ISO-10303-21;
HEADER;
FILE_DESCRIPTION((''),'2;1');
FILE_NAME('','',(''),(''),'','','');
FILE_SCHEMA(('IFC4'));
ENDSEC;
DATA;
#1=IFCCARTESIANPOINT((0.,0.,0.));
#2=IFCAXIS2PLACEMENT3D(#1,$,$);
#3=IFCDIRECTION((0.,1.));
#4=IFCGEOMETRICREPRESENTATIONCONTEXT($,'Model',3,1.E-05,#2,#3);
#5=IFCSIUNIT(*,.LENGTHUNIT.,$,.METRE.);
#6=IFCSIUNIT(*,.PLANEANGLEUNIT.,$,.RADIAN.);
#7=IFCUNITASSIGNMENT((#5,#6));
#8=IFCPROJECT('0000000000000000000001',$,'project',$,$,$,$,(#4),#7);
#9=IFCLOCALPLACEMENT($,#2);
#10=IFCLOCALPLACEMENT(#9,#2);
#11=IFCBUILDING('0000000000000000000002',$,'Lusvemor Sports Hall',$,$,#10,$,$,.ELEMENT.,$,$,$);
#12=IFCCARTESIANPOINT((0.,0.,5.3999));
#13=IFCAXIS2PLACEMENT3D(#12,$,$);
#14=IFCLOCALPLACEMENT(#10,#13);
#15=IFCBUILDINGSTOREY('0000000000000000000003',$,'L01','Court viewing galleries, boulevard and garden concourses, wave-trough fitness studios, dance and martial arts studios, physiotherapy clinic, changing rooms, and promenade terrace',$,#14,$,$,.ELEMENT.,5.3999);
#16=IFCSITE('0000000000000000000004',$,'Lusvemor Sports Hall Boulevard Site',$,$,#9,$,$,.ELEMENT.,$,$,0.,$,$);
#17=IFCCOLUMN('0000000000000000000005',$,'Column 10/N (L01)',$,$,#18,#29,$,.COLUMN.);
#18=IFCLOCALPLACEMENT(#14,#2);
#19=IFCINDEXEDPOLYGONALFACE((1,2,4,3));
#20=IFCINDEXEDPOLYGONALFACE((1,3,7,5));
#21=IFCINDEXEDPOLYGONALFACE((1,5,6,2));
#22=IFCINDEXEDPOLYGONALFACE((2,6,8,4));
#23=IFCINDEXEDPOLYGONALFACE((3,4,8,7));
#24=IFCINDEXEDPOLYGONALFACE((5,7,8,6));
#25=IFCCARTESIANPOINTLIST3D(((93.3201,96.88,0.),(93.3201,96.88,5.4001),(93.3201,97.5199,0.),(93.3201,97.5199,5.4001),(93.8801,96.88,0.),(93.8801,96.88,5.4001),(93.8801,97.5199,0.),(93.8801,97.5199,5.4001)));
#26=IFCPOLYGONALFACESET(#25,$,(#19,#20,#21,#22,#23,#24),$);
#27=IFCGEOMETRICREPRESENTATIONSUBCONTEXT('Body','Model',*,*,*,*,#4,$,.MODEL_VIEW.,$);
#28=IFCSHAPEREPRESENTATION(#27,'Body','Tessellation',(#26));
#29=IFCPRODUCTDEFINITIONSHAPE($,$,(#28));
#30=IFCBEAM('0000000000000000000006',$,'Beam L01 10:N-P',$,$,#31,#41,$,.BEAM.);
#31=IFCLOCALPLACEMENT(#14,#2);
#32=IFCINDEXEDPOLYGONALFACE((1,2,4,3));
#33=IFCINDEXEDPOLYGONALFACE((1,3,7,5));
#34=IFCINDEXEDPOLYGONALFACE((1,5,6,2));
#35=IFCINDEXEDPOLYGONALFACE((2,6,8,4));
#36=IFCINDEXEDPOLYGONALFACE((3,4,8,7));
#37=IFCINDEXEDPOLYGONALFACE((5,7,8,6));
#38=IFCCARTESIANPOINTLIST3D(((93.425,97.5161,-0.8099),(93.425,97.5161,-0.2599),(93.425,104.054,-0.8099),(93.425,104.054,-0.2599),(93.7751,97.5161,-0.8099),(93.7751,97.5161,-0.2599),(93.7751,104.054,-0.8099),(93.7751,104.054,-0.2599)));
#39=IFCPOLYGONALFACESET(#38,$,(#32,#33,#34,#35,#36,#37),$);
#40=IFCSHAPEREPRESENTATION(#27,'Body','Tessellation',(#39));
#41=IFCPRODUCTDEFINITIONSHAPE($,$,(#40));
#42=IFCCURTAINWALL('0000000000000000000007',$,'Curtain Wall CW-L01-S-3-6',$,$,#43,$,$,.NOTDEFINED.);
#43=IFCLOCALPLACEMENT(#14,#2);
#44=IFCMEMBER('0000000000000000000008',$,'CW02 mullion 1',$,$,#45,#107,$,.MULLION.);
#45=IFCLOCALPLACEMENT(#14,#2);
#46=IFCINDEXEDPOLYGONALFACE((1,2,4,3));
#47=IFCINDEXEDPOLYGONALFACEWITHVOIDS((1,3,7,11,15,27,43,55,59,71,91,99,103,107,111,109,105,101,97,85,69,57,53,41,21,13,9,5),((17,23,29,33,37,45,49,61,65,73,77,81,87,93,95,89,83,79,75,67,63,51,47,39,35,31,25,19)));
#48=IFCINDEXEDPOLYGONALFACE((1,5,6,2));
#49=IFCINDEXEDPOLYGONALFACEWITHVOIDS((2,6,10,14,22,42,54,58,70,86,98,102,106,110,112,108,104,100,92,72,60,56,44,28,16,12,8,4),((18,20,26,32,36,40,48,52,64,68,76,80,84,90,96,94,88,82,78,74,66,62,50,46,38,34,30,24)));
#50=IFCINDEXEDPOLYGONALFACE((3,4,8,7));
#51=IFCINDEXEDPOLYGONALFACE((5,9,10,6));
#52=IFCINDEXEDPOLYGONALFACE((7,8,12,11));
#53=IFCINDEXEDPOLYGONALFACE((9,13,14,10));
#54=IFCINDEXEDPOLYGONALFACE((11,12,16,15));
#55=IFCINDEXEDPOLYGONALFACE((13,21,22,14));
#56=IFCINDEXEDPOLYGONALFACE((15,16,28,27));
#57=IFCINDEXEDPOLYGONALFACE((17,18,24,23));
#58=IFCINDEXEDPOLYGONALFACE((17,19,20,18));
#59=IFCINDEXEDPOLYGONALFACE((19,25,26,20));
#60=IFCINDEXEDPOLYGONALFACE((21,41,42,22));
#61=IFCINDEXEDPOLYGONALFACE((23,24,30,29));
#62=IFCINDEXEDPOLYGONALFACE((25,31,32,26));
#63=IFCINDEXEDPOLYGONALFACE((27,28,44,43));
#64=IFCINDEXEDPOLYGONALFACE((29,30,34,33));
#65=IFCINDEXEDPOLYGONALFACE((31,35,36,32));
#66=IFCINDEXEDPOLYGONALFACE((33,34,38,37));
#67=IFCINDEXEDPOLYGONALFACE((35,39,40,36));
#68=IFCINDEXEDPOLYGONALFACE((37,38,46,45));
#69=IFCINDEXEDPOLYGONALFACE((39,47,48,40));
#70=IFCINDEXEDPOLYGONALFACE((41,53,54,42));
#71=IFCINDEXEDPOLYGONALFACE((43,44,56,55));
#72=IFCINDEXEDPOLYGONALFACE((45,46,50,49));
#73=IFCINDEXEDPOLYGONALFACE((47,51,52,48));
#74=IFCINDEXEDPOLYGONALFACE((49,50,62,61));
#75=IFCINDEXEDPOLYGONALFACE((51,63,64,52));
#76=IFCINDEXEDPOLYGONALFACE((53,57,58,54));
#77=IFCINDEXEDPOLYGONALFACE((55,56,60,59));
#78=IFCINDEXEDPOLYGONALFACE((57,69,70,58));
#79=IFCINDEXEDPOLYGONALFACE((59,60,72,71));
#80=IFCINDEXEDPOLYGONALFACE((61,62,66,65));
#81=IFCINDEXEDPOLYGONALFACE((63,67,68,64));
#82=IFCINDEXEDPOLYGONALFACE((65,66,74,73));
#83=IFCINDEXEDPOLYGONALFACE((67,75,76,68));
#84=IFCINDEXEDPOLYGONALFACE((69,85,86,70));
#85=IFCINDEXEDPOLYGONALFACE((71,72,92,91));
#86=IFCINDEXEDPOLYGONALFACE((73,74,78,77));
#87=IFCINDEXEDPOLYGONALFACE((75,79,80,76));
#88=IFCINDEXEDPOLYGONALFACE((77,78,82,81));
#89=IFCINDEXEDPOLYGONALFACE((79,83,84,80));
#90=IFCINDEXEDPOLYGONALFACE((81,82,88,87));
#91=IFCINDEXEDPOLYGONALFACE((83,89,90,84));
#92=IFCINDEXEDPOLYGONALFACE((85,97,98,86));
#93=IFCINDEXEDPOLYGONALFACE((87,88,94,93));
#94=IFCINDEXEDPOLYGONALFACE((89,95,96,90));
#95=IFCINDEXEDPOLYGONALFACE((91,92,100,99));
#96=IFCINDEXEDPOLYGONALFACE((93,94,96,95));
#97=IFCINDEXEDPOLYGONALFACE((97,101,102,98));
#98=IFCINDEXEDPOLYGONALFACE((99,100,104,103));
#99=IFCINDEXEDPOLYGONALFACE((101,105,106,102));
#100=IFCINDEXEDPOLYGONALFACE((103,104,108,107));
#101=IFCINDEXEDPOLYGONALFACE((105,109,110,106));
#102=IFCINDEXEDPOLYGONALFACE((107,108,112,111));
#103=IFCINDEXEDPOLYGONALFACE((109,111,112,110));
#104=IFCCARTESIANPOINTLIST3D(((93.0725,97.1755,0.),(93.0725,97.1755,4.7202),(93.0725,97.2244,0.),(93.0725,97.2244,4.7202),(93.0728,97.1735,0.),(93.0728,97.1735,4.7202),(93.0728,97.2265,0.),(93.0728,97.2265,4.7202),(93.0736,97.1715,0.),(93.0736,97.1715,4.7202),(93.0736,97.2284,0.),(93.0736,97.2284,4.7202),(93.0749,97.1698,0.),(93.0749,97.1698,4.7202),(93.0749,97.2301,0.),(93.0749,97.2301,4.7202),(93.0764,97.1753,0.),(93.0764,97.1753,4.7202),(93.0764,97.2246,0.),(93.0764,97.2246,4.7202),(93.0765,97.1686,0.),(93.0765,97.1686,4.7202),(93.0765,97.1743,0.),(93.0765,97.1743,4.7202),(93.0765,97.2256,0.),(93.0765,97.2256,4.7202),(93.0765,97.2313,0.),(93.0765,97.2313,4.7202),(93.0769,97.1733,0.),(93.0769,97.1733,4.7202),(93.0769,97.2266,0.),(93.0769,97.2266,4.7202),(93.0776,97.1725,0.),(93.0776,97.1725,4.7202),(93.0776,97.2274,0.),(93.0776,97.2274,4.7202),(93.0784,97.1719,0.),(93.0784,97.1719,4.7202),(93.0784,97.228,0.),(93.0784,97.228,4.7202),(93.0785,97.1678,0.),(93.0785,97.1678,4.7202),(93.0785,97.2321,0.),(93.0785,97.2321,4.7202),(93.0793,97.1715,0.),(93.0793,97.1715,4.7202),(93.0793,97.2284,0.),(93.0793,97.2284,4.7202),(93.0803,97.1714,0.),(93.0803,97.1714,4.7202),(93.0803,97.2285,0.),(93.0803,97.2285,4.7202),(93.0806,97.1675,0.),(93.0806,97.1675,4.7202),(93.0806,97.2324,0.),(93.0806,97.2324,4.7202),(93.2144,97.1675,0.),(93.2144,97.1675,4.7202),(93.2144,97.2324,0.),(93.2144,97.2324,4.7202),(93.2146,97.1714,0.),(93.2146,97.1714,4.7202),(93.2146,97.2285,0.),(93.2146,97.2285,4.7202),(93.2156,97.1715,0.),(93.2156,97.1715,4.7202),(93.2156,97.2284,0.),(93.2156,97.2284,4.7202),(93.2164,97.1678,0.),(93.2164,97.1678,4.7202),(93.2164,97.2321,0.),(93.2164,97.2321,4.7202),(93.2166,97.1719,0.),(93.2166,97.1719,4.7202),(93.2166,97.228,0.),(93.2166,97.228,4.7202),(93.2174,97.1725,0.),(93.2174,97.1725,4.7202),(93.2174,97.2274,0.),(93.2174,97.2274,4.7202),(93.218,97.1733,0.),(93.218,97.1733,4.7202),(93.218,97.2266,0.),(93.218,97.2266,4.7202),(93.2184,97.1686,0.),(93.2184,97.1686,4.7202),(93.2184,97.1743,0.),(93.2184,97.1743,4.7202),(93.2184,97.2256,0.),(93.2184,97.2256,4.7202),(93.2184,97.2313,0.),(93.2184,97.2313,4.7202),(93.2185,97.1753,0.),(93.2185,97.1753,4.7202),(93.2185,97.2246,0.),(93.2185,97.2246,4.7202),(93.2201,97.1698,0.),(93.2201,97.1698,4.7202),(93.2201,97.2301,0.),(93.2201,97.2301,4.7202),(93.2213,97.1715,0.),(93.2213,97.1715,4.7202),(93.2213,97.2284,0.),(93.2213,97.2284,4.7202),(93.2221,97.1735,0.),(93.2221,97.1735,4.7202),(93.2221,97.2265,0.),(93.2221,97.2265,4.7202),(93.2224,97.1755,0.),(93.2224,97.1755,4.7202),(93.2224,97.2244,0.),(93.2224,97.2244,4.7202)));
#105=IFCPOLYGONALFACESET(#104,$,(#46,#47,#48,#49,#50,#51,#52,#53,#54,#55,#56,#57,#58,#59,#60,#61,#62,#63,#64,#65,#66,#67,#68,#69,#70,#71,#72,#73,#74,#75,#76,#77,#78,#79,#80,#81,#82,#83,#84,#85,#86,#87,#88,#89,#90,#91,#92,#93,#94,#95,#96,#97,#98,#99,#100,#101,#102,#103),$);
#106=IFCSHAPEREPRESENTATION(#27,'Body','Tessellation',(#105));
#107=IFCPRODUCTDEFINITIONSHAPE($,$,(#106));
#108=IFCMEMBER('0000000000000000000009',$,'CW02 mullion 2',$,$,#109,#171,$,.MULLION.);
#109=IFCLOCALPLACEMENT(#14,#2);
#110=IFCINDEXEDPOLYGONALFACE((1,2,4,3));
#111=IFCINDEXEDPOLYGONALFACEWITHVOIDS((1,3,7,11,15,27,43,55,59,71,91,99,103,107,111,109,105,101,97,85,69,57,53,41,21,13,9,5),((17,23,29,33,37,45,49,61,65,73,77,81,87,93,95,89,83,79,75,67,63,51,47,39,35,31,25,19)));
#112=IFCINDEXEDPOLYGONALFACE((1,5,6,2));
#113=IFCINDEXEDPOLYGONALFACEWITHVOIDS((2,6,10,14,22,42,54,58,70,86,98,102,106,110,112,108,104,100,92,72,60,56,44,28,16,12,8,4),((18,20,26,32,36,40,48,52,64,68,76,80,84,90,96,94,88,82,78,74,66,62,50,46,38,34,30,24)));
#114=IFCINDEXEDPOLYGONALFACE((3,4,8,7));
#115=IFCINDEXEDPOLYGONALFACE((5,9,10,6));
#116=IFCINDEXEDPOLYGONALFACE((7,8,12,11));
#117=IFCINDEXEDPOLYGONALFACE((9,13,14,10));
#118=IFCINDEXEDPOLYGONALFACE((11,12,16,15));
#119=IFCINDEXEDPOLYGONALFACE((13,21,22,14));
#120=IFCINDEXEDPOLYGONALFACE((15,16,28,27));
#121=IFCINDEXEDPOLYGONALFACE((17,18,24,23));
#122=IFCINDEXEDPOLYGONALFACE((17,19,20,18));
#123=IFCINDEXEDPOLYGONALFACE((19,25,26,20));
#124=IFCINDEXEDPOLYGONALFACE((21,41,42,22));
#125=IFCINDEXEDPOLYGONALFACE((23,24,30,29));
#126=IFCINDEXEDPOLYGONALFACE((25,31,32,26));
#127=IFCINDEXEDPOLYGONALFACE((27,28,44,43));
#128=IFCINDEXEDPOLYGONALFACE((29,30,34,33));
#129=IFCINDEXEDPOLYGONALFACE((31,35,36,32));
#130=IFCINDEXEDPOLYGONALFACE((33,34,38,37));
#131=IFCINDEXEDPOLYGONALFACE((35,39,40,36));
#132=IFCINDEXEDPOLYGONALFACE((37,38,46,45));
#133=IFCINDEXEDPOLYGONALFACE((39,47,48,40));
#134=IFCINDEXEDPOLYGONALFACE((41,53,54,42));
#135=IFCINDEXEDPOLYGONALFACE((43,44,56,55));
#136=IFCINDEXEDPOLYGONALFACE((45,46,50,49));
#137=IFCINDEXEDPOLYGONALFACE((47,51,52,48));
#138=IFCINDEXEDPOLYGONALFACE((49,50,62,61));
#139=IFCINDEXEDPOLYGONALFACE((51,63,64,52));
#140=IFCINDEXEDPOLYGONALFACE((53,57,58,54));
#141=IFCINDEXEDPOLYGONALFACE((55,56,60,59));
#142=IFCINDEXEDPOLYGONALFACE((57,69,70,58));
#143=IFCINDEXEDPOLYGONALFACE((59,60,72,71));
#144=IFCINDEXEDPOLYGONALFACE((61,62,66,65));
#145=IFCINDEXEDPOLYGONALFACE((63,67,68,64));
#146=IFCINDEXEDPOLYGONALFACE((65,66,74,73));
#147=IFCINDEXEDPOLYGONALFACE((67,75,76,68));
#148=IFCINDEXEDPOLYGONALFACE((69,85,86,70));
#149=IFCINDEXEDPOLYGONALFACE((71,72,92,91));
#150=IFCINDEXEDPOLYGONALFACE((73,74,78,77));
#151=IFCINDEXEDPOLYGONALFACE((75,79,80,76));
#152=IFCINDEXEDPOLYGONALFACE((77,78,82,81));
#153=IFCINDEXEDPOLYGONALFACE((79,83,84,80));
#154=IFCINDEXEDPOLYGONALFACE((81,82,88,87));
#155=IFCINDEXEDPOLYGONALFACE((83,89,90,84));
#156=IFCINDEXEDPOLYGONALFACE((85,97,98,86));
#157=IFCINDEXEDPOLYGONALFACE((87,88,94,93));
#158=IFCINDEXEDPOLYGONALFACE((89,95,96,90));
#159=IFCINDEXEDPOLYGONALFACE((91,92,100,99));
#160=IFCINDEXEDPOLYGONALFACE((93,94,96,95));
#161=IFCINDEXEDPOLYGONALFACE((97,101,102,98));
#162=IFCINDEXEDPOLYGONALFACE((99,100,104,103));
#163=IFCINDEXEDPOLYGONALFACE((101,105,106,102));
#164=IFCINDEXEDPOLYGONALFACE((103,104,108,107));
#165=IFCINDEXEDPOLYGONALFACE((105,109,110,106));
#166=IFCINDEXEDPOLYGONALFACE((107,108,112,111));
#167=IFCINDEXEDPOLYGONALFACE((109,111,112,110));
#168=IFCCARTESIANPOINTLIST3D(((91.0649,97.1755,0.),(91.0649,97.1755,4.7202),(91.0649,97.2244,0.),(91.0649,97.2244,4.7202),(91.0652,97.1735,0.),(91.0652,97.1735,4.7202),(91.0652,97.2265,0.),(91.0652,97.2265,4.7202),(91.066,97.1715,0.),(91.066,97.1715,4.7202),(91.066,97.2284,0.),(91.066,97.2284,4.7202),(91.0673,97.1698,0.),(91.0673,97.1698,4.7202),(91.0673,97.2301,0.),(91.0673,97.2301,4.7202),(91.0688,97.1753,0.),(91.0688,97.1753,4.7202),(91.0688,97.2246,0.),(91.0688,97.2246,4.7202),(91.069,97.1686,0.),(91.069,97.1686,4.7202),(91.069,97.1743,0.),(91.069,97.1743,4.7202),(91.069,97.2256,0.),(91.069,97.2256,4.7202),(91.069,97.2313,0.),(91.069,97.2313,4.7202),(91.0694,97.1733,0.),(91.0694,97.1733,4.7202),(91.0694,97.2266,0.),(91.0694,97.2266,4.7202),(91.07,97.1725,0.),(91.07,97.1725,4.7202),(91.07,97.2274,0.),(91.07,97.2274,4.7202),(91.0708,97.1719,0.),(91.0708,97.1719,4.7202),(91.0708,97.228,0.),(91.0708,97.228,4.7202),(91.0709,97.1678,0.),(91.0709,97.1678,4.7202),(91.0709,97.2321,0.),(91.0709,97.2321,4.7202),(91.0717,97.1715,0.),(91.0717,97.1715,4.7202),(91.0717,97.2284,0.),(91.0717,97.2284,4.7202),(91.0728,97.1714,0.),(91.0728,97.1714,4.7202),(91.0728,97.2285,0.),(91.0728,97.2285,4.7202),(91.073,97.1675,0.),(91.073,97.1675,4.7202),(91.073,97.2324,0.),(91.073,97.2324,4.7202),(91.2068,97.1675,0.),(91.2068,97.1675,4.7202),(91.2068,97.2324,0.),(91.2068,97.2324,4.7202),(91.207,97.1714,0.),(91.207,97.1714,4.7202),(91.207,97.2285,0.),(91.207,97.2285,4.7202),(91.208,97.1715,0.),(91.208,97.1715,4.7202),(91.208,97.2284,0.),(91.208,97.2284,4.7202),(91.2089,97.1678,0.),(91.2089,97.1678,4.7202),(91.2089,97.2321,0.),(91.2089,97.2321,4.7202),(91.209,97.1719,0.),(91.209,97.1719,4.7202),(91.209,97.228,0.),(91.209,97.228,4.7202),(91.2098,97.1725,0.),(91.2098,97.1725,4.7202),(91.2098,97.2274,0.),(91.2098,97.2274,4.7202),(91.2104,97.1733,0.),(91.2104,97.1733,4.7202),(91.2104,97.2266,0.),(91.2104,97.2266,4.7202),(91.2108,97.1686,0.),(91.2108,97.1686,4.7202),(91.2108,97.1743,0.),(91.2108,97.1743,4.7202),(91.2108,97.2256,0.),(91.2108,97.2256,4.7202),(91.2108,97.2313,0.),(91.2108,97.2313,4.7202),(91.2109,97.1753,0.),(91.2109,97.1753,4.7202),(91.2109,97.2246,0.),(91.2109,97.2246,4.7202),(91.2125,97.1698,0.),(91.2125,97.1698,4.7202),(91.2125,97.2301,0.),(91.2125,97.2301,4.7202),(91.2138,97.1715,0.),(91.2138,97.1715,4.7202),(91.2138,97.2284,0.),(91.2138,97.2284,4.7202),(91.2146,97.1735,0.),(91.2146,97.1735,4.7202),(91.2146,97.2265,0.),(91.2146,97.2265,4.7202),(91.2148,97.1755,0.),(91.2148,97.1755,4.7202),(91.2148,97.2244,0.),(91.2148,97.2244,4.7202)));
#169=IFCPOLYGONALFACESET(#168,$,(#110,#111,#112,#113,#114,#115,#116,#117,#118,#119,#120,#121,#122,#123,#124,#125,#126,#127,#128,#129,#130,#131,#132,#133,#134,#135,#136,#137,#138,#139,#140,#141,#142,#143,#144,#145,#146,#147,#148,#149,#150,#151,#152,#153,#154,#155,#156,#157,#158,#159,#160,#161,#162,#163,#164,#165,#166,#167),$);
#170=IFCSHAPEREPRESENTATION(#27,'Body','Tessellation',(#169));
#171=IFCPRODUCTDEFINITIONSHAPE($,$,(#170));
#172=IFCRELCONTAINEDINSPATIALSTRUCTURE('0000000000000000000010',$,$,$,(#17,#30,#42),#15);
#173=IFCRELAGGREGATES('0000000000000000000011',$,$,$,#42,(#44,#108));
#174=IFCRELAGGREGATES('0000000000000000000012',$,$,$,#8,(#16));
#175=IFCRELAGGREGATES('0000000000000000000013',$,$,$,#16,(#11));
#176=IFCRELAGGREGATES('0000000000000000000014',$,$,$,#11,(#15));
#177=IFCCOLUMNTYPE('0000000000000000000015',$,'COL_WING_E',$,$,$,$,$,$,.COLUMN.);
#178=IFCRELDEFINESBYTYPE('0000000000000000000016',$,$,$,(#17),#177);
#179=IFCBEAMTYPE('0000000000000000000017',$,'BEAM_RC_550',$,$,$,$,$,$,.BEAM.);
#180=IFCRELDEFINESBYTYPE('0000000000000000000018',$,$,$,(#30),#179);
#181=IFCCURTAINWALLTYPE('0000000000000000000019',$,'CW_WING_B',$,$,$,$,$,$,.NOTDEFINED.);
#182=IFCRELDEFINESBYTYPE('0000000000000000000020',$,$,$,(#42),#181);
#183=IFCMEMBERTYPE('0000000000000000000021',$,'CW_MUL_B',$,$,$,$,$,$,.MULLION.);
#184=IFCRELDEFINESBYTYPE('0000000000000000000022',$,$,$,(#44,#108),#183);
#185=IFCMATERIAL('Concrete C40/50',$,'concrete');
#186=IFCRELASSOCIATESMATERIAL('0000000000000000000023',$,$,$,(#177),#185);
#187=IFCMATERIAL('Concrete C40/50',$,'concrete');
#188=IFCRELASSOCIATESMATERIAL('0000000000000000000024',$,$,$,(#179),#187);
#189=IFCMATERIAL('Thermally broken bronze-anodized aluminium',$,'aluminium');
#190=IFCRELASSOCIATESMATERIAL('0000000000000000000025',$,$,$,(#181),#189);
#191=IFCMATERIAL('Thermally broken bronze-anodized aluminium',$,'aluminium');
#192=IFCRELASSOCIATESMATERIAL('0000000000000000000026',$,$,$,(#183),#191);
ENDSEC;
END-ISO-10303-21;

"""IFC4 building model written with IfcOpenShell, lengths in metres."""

from ifc_helpers import new_model, si_unit, direction, frame, origin, origin_2d, place, context, subcontext, project, spatial, rectangle, hollow_rectangle, extrude, material, material_profile, profile_set, type_object, element, aggregate, save


model = new_model("IFC4")

# Units and contexts
model_context = context("Model", 3, precision=1e-05, world=origin(), true_north=direction((0.0, 1.0)))
body_context = subcontext(model_context, "Body", "Model", "MODEL_VIEW")
ifc_project = project(units=[si_unit("LENGTHUNIT", "METRE"), si_unit("PLANEANGLEUNIT", "RADIAN")], contexts=[model_context])

# Site, building, storey
site_placement = place(None, origin())
site = spatial("IfcSite", under=ifc_project, at=site_placement, Name="Lusvemor Sports Hall Boulevard Site", CompositionType="ELEMENT", RefElevation=0.0)
building_placement = place(site_placement, origin())
building = spatial("IfcBuilding", under=site, at=building_placement, Name="Lusvemor Sports Hall", CompositionType="ELEMENT")
storey_placement = place(building_placement, frame((0.0, 0.0, 5.3999)))
storey = spatial("IfcBuildingStorey", under=building, at=storey_placement, Name="L01", Description="Court viewing galleries, boulevard and garden concourses, wave-trough fitness studios, dance and martial arts studios, physiotherapy clinic, changing rooms, and promenade terrace", CompositionType="ELEMENT", Elevation=5.3999)

# Column
ifc_material_1 = material(Name="Concrete C40/50", Category="concrete")
ifc_material_profile_1 = material_profile(ifc_material_1, rectangle(XDim=0.5601, YDim=0.6399, at=origin_2d()), Name="RC560x640")
ifc_profile_set_1 = profile_set([ifc_material_profile_1], Name="Concrete C40/50")
column_type = type_object("IfcColumnType", Name="COL_WING_E", PredefinedType="COLUMN", material=ifc_profile_set_1)
column_placement = place(storey_placement, frame((93.6001, 97.2, 0.0), z_axis=(0.0, 0.0, 1.0), x_axis=(1.0, 0.0, 0.0)))
element("IfcColumn", 1, at=column_placement, inside=storey, type_object=column_type, Name="Column 10/N (L01)", PredefinedType="COLUMN", context=body_context, shape_type="SweptSolid", body=[
    extrude(rectangle(XDim=0.5601, YDim=0.6399, at=origin_2d()), origin(), (0.0, 0.0, 1.0), 5.4001),
])

# Beam
ifc_material_2 = material(Name="Concrete C40/50", Category="concrete")
ifc_material_profile_2 = material_profile(ifc_material_2, rectangle(XDim=0.3501, YDim=0.55, at=origin_2d()), Name="RC350x550")
ifc_profile_set_2 = profile_set([ifc_material_profile_2], Name="Concrete C40/50")
beam_type_1 = type_object("IfcBeamType", Name="BEAM_RC_550", PredefinedType="BEAM", material=ifc_profile_set_2)
beam_1_placement = place(storey_placement, frame((93.6001, 97.5161, -0.5349), z_axis=(0.0, 1.0, 0.0), x_axis=(-1.0, 0.0, 0.0)))
element("IfcBeam", 2, at=beam_1_placement, inside=storey, type_object=beam_type_1, Name="Beam L01 10:N-P", PredefinedType="BEAM", context=body_context, shape_type="SweptSolid", body=[
    extrude(rectangle(XDim=0.3501, YDim=0.55, at=origin_2d()), origin(), (0.0, 0.0, 1.0), 6.5378),
])

# Curtain wall, members
ifc_material_3 = material(Name="Thermally broken bronze-anodized aluminium", Category="aluminium")
curtain_wall_type = type_object("IfcCurtainWallType", Name="CW_WING_B", PredefinedType="NOTDEFINED", material=ifc_material_3)
curtain_wall_placement = place(storey_placement, origin())
curtain_wall = element("IfcCurtainWall", 3, at=curtain_wall_placement, inside=storey, type_object=curtain_wall_type, Name="Curtain Wall CW-L01-S-3-6", PredefinedType="NOTDEFINED")
ifc_material_4 = material(Name="Thermally broken bronze-anodized aluminium", Category="aluminium")
ifc_material_profile_3 = material_profile(ifc_material_4, hollow_rectangle(XDim=0.0649, YDim=0.1499, WallThickness=0.0039, InnerFilletRadius=0.0039, OuterFilletRadius=0.0081, at=origin_2d()), Name="CWMUL150x65x4")
ifc_profile_set_3 = profile_set([ifc_material_profile_3], Name="Thermally broken bronze-anodized aluminium")
member_type_1 = type_object("IfcMemberType", Name="CW_MUL_B", PredefinedType="MULLION", material=ifc_profile_set_3)
member_1_placement = place(storey_placement, frame((93.1475, 97.2, 0.0), z_axis=(0.0, 0.0, 1.0), x_axis=(0.0, -1.0, 0.0)))
member_1 = element("IfcMember", 4, at=member_1_placement, type_object=member_type_1, Name="CW02 mullion 1", PredefinedType="MULLION", context=body_context, shape_type="SweptSolid", body=[
    extrude(hollow_rectangle(XDim=0.0649, YDim=0.1499, WallThickness=0.0039, InnerFilletRadius=0.0039, OuterFilletRadius=0.0081, at=origin_2d()), origin(), (0.0, 0.0, 1.0), 4.7202),
])
member_2_placement = place(storey_placement, frame((91.1399, 97.2, 0.0), z_axis=(0.0, 0.0, 1.0), x_axis=(0.0, -1.0, 0.0)))
member_2 = element("IfcMember", 5, at=member_2_placement, type_object=member_type_1, Name="CW02 mullion 2", PredefinedType="MULLION", context=body_context, shape_type="SweptSolid", body=[
    extrude(hollow_rectangle(XDim=0.0649, YDim=0.1499, WallThickness=0.0039, InnerFilletRadius=0.0039, OuterFilletRadius=0.0081, at=origin_2d()), origin(), (0.0, 0.0, 1.0), 4.7202),
])

aggregate(curtain_wall, [member_1, member_2])

save(model, "model.ifc")
